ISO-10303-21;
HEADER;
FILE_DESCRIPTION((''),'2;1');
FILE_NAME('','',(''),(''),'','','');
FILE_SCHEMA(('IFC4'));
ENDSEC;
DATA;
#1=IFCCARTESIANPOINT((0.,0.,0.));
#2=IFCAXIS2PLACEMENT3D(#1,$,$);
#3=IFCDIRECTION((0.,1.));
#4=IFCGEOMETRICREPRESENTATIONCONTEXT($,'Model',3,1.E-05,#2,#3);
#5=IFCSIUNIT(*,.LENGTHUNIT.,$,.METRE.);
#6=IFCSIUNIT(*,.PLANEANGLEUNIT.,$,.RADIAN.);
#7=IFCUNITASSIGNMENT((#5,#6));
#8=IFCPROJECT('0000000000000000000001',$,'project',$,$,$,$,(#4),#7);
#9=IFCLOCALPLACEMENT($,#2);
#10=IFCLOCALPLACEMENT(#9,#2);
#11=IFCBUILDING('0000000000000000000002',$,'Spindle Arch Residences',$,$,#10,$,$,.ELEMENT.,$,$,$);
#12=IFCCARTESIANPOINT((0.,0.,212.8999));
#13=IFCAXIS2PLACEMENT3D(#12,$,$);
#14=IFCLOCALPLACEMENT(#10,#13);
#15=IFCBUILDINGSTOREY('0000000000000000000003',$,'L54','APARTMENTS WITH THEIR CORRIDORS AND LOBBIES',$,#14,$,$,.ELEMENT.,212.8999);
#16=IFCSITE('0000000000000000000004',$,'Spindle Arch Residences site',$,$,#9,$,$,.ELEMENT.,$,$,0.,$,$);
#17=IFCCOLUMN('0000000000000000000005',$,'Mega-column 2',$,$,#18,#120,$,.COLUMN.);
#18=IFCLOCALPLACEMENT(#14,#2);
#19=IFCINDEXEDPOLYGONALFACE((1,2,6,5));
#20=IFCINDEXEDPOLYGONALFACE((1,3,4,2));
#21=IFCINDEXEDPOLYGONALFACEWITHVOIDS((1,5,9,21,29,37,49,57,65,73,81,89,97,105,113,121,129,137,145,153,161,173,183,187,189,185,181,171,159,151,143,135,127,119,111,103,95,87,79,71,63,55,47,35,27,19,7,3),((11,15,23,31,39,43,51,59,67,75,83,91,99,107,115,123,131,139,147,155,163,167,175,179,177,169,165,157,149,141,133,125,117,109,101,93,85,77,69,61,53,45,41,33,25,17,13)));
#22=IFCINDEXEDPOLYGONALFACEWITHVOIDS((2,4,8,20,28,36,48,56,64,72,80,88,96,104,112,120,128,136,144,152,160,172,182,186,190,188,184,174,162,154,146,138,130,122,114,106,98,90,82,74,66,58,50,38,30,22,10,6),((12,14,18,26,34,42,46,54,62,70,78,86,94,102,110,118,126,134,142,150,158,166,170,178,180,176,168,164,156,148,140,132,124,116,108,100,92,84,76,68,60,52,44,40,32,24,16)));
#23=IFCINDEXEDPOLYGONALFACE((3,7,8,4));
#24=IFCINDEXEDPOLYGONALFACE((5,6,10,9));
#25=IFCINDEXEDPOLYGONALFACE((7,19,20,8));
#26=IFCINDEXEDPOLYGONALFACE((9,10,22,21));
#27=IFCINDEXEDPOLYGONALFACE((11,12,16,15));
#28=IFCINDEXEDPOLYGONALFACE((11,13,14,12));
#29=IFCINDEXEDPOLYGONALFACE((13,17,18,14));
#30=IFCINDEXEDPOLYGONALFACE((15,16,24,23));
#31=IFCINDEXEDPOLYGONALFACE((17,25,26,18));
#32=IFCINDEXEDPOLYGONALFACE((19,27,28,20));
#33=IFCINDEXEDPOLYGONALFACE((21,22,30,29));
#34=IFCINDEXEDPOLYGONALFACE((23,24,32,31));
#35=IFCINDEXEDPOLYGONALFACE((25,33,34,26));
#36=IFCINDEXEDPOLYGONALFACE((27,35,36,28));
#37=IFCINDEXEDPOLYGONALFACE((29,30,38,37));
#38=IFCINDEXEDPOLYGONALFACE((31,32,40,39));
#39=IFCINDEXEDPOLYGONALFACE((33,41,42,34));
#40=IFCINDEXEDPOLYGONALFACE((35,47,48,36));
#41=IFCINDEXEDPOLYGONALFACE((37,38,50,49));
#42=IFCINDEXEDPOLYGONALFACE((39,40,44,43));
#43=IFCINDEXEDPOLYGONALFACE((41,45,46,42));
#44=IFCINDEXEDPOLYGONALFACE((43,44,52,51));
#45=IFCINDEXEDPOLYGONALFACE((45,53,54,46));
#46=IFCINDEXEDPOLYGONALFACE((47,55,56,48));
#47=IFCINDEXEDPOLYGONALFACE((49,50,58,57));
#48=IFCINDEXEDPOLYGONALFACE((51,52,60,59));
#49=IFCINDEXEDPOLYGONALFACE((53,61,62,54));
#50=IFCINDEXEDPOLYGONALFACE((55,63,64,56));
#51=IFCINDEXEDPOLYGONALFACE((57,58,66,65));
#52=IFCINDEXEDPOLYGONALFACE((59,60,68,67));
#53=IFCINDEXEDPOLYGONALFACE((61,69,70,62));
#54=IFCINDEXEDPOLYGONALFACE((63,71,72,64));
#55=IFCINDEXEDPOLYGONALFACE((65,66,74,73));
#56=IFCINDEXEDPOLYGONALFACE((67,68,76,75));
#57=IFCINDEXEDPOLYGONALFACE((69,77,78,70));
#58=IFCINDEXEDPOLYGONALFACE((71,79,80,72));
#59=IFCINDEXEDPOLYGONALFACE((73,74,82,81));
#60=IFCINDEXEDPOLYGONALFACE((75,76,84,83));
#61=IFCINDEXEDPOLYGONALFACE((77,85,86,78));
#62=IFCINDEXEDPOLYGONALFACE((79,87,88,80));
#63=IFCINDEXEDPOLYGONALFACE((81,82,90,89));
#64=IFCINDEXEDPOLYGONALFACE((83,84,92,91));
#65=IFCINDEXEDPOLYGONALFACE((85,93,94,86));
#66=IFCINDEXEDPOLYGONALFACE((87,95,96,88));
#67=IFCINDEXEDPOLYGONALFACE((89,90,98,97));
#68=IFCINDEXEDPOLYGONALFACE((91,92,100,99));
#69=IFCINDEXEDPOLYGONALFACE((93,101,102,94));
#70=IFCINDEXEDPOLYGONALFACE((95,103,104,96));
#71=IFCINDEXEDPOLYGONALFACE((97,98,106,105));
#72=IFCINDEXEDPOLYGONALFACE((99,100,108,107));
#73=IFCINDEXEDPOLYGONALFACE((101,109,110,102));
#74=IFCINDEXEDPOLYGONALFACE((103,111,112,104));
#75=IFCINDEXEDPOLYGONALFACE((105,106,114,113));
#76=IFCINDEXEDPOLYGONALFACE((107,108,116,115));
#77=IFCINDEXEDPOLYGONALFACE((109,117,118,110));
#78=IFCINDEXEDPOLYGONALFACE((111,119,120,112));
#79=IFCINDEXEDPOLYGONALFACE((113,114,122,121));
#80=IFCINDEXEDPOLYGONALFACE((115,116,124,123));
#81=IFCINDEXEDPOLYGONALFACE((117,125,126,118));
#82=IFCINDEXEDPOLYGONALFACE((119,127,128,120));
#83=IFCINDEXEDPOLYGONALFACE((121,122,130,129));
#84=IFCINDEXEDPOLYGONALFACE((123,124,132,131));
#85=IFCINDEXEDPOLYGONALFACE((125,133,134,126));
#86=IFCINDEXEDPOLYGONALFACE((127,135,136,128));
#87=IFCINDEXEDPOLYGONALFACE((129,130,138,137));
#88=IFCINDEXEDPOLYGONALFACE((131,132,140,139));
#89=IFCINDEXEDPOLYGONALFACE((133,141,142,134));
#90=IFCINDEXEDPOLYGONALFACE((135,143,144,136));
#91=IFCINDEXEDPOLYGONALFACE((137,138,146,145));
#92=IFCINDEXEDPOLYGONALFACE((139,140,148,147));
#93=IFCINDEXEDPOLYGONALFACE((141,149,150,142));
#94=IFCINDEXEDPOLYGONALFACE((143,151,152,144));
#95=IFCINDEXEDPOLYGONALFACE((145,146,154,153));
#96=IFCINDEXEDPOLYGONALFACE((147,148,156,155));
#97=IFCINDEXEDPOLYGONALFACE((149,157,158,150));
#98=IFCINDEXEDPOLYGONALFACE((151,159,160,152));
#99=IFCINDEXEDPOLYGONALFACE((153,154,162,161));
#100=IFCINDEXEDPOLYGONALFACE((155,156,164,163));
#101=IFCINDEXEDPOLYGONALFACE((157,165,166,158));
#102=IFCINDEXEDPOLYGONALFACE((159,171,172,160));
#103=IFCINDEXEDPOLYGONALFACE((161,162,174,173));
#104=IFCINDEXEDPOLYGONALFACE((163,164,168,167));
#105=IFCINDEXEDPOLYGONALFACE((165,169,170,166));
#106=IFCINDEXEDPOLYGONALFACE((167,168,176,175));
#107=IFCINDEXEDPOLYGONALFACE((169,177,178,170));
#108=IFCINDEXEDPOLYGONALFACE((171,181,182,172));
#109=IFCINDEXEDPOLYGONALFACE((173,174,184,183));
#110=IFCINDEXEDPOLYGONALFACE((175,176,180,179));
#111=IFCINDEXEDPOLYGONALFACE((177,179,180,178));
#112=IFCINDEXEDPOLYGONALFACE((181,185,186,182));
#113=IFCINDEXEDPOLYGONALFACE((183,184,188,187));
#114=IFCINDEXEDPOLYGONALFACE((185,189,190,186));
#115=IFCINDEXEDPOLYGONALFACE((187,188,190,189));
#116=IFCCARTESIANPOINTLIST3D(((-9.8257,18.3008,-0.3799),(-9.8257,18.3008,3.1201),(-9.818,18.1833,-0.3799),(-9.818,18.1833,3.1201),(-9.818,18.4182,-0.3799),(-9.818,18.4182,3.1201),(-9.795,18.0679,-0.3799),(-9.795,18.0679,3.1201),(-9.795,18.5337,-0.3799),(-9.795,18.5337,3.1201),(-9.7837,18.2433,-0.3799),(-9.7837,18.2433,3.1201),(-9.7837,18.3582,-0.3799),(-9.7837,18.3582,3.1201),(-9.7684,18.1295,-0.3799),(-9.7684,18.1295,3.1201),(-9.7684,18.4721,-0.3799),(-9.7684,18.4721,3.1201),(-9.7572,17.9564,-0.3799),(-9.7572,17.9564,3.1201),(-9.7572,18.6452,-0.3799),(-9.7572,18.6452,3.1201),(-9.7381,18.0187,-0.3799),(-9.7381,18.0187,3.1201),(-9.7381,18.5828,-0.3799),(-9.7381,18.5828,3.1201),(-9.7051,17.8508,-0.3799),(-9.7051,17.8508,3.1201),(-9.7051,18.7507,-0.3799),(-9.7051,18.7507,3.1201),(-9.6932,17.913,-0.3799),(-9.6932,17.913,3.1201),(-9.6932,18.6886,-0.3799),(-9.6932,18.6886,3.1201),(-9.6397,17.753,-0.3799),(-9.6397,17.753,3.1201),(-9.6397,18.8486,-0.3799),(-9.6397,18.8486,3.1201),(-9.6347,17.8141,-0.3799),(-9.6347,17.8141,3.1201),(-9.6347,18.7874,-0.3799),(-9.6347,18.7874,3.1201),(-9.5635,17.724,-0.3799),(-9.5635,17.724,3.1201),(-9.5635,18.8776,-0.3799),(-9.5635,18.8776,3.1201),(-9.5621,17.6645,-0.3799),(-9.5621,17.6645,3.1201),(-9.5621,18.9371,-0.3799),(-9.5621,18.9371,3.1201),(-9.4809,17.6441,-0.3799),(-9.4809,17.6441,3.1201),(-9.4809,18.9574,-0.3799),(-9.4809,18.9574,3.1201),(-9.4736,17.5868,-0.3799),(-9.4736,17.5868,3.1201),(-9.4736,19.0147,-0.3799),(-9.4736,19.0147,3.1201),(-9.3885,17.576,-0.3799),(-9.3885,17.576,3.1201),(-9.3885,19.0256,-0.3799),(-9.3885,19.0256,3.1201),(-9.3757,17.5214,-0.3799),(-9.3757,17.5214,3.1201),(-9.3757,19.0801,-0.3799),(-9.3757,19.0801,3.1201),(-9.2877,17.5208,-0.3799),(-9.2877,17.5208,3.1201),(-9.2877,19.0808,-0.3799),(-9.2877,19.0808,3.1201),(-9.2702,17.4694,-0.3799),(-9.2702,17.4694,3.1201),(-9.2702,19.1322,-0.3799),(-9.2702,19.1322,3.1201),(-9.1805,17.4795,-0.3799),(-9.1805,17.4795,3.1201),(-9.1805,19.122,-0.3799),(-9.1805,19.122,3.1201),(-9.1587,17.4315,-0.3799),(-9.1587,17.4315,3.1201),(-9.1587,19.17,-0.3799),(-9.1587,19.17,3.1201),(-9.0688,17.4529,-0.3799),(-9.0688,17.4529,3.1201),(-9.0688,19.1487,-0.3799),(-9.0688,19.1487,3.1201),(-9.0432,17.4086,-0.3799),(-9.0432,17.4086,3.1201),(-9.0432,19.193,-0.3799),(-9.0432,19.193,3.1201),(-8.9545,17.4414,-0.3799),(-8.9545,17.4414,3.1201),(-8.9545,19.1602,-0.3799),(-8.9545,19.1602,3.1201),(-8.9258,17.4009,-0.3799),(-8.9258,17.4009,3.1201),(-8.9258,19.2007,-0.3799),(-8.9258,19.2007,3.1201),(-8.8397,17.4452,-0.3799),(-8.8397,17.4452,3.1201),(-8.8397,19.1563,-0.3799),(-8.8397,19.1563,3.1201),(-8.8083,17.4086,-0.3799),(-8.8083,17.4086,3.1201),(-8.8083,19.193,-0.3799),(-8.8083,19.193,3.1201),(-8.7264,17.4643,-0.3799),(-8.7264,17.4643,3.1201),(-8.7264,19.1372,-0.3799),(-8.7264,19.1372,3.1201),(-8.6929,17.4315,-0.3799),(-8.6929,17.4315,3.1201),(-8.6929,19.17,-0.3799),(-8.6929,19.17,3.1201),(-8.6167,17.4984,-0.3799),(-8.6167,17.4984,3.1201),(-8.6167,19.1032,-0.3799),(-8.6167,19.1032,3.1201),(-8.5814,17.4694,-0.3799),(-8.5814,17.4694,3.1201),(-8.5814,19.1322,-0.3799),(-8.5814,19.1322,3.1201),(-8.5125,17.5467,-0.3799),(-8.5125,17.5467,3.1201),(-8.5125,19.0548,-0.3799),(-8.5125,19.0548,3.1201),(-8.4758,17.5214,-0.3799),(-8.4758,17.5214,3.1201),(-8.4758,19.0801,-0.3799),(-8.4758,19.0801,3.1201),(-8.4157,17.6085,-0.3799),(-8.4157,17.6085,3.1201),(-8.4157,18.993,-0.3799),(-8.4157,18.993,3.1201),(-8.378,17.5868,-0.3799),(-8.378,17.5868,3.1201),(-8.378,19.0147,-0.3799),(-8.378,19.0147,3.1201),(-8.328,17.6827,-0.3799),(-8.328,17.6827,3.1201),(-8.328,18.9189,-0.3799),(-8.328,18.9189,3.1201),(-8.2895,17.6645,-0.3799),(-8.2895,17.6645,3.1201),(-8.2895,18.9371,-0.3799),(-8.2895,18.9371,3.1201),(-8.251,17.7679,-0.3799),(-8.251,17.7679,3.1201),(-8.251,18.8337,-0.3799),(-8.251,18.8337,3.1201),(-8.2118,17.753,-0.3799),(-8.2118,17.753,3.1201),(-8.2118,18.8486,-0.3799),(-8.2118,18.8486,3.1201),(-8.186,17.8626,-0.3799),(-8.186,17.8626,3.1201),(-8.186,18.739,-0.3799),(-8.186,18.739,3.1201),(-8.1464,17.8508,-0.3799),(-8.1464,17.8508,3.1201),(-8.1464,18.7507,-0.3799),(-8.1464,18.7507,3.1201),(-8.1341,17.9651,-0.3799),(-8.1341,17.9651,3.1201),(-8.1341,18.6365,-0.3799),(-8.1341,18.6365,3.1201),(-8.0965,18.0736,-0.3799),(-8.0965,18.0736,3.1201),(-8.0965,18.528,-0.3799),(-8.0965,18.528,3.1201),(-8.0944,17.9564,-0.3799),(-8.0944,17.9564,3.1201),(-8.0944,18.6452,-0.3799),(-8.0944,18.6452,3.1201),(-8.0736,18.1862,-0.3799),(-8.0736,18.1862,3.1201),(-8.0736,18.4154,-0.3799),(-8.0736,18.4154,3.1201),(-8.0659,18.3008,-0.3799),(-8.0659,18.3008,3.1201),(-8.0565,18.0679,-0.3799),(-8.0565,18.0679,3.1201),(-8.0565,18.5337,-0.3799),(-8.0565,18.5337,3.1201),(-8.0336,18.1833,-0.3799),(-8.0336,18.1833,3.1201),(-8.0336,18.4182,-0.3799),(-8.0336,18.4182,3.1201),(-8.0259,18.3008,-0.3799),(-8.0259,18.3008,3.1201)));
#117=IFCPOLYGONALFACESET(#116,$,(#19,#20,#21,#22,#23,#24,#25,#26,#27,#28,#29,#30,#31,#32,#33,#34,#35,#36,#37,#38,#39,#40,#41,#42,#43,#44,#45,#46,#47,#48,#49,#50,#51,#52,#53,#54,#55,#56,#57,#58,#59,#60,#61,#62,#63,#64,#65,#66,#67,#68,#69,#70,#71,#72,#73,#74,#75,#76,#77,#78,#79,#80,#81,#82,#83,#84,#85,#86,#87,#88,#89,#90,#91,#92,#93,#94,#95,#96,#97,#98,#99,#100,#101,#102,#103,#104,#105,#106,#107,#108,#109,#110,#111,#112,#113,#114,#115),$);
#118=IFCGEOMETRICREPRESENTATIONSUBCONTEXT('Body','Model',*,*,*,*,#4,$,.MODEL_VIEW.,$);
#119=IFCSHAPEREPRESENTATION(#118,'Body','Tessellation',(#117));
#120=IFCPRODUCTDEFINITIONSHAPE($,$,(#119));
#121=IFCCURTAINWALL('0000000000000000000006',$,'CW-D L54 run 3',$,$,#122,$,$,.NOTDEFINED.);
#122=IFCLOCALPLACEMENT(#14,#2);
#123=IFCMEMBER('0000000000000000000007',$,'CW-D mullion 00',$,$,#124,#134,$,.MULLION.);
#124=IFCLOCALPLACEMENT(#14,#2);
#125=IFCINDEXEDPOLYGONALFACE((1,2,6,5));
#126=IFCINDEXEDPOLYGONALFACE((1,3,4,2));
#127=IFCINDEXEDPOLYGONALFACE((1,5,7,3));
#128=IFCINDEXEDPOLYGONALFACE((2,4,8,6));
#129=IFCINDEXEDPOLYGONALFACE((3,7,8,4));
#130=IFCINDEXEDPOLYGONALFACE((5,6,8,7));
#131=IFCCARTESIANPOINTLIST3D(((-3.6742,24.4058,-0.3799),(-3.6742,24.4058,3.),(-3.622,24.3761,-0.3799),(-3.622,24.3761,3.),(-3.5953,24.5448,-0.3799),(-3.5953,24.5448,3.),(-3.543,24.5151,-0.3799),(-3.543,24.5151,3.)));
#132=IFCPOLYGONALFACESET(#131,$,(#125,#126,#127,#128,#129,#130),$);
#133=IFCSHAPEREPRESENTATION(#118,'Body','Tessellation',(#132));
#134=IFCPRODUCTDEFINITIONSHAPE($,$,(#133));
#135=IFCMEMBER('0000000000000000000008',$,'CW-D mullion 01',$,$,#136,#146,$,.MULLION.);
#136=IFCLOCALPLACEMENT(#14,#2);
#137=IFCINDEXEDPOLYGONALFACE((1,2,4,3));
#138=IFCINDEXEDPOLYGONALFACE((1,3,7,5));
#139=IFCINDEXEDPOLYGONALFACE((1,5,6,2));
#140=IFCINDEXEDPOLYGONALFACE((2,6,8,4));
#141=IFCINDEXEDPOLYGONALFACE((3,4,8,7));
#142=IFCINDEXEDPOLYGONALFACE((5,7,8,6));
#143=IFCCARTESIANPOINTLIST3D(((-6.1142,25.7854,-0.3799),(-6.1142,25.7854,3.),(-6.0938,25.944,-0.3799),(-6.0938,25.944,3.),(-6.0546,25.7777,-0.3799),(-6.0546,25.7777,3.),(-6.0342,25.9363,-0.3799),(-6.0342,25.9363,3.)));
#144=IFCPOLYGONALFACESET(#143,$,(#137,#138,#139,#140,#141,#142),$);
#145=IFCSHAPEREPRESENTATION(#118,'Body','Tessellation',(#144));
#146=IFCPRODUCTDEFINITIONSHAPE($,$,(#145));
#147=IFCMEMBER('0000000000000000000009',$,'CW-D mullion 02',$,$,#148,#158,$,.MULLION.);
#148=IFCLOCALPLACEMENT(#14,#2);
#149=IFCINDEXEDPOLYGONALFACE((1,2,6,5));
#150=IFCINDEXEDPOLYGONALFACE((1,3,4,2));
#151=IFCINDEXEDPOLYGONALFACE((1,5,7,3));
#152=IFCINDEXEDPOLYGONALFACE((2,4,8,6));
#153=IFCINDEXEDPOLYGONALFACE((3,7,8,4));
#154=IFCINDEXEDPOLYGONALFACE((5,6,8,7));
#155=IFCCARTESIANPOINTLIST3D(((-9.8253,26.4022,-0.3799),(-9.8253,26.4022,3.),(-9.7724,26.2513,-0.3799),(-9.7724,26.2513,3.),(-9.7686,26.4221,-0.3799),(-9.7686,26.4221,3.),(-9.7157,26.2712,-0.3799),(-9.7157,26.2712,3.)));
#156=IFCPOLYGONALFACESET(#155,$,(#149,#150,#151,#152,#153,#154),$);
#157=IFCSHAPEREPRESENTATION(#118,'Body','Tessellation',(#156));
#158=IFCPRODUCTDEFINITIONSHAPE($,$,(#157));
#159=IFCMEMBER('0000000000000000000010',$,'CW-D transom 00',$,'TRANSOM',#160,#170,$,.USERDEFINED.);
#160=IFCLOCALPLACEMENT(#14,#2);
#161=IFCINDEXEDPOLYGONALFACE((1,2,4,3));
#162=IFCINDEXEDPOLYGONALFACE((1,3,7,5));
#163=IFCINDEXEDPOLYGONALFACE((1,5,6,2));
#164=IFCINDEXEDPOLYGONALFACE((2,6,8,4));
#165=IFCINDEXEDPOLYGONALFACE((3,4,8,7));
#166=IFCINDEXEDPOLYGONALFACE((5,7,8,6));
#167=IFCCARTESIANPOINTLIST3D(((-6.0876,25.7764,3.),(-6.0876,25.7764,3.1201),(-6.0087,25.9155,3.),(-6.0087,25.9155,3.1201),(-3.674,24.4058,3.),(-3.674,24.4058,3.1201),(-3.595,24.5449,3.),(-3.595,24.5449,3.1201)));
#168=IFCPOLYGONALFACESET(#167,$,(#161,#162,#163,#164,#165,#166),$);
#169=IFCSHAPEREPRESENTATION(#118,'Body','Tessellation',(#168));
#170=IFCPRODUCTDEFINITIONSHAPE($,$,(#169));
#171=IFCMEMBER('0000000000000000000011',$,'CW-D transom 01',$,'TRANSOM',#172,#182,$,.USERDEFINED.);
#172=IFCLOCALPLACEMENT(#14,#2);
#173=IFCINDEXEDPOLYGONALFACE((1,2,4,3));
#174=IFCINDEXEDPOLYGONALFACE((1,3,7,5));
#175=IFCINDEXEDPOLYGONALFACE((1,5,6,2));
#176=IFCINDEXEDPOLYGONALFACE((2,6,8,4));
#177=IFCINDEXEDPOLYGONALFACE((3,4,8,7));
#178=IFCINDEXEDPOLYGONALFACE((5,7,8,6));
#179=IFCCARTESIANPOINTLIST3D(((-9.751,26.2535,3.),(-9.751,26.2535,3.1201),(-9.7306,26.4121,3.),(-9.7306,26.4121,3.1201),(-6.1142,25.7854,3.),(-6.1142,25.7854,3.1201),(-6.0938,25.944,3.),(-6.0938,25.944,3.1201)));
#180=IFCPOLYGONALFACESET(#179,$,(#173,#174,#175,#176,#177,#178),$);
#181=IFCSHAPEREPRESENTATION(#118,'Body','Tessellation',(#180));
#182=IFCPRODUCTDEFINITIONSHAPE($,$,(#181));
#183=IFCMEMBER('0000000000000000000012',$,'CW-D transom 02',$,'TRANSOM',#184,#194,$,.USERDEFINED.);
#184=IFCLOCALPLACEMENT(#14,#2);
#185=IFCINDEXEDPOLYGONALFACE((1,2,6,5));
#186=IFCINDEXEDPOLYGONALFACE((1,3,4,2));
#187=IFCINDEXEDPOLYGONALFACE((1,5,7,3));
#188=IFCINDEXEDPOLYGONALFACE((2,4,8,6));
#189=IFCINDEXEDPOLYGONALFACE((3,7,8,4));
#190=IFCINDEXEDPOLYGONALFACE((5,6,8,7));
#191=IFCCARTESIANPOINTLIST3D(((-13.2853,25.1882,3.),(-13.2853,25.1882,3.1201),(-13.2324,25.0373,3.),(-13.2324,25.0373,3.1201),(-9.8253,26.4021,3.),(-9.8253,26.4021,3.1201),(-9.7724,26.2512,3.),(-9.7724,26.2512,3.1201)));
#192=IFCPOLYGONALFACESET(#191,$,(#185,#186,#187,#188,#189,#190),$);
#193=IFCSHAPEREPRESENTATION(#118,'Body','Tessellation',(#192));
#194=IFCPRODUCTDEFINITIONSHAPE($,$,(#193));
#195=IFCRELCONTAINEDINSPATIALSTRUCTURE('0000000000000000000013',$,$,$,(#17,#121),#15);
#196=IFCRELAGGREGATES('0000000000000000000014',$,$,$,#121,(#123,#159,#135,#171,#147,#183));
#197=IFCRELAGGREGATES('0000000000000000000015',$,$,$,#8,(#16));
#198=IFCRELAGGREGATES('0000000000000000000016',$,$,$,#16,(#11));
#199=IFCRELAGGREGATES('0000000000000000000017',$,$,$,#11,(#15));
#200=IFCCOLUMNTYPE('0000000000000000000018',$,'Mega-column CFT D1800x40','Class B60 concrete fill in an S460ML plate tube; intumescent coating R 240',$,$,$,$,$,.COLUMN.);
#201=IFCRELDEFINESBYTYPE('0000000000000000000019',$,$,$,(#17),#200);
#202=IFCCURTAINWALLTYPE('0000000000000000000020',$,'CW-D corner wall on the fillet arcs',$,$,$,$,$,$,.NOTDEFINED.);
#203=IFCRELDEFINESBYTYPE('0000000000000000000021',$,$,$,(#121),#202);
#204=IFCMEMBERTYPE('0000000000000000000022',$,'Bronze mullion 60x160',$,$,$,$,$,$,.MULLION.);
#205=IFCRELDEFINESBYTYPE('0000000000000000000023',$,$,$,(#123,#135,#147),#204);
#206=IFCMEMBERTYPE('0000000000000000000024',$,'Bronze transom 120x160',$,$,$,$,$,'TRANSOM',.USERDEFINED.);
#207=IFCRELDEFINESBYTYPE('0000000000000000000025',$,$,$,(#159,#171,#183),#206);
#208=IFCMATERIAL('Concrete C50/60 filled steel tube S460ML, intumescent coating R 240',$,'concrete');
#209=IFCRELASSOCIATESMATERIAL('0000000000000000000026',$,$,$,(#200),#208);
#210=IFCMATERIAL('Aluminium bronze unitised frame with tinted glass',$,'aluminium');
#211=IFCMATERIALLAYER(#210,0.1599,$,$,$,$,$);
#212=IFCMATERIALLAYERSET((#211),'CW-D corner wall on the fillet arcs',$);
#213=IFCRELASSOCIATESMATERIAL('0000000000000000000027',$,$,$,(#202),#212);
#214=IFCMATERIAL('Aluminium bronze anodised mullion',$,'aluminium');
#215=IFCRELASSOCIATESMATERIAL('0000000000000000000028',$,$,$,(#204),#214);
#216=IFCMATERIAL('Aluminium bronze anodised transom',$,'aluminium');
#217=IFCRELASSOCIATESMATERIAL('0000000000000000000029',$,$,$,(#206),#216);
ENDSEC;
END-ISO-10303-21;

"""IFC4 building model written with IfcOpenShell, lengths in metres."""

from ifc_helpers import new_model, si_unit, direction, frame, origin, origin_2d, place, context, subcontext, project, spatial, rectangle, hollow_circle, extrude, material, layer, layer_set, material_profile, profile_set, type_object, element, aggregate, save


model = new_model("IFC4")

# Units and contexts
model_context = context("Model", 3, precision=1e-05, world=origin(), true_north=direction((0.0, 1.0)))
body_context = subcontext(model_context, "Body", "Model", "MODEL_VIEW")
ifc_project = project(units=[si_unit("LENGTHUNIT", "METRE"), si_unit("PLANEANGLEUNIT", "RADIAN")], contexts=[model_context])

# Site, building, storey
site_placement = place(None, origin())
site = spatial("IfcSite", under=ifc_project, at=site_placement, Name="Spindle Arch Residences site", CompositionType="ELEMENT", RefElevation=0.0)
building_placement = place(site_placement, origin())
building = spatial("IfcBuilding", under=site, at=building_placement, Name="Spindle Arch Residences", CompositionType="ELEMENT")
storey_placement = place(building_placement, frame((0.0, 0.0, 212.8999)))
storey = spatial("IfcBuildingStorey", under=building, at=storey_placement, Name="L54", Description="APARTMENTS WITH THEIR CORRIDORS AND LOBBIES", CompositionType="ELEMENT", Elevation=212.8999)

# Column
ifc_material_1 = material(Name="Concrete C50/60 filled steel tube S460ML, intumescent coating R 240", Category="concrete")
ifc_material_profile_1 = material_profile(ifc_material_1, hollow_circle(Radius=0.8999, WallThickness=0.04, at=origin_2d()), Name="CFT D1800x40")
ifc_profile_set_1 = profile_set([ifc_material_profile_1], Name="Concrete C50/60 filled steel tube S460ML, intumescent coating R 240")
column_type_1 = type_object("IfcColumnType", Name="Mega-column CFT D1800x40", Description="Class B60 concrete fill in an S460ML plate tube; intumescent coating R 240", PredefinedType="COLUMN", material=ifc_profile_set_1)
column_placement = place(storey_placement, frame((-8.9258, 18.3008, -0.3799), z_axis=(0.0, 0.0, 1.0), x_axis=(1.0, 0.0, 0.0)))
element("IfcColumn", 1, at=column_placement, inside=storey, type_object=column_type_1, Name="Mega-column 2", PredefinedType="COLUMN", context=body_context, shape_type="SweptSolid", body=[
    extrude(hollow_circle(Radius=0.8999, WallThickness=0.04, at=origin_2d()), origin(), (0.0, 0.0, 1.0), 3.5),
])

# Curtain wall, members
ifc_material_2 = material(Name="Aluminium bronze unitised frame with tinted glass", Category="aluminium")
ifc_layer_1 = layer(ifc_material_2, 0.1599)
ifc_layer_set_1 = layer_set([ifc_layer_1], Name="CW-D corner wall on the fillet arcs")
curtain_wall_type = type_object("IfcCurtainWallType", Name="CW-D corner wall on the fillet arcs", PredefinedType="NOTDEFINED", material=ifc_layer_set_1)
curtain_wall_placement = place(storey_placement, origin())
curtain_wall = element("IfcCurtainWall", 2, at=curtain_wall_placement, inside=storey, type_object=curtain_wall_type, Name="CW-D L54 run 3", PredefinedType="NOTDEFINED")
ifc_material_3 = material(Name="Aluminium bronze anodised mullion", Category="aluminium")
ifc_material_profile_2 = material_profile(ifc_material_3, rectangle(XDim=0.1599, YDim=0.0601, at=origin_2d()), Name="MU 60x160")
ifc_profile_set_2 = profile_set([ifc_material_profile_2], Name="Aluminium bronze anodised mullion")
member_type_1 = type_object("IfcMemberType", Name="Bronze mullion 60x160", PredefinedType="MULLION", material=ifc_profile_set_2)
member_1_placement = place(storey_placement, frame((-3.6086, 24.4604, -0.3799), z_axis=(0.0, 0.0, 1.0), x_axis=(-0.493865, -0.869539, 0.0)))
member_1 = element("IfcMember", 3, at=member_1_placement, type_object=member_type_1, Name="CW-D mullion 00", PredefinedType="MULLION", context=body_context, shape_type="SweptSolid", body=[
    extrude(rectangle(XDim=0.1599, YDim=0.0601, at=origin_2d()), origin(), (0.0, 0.0, 1.0), 3.3799),
])
member_2_placement = place(storey_placement, frame((-6.0742, 25.8608, -0.3799), z_axis=(0.0, 0.0, 1.0), x_axis=(-0.127642, -0.99182, 0.0)))
member_2 = element("IfcMember", 4, at=member_2_placement, type_object=member_type_1, Name="CW-D mullion 01", PredefinedType="MULLION", context=body_context, shape_type="SweptSolid", body=[
    extrude(rectangle(XDim=0.1599, YDim=0.0601, at=origin_2d()), origin(), (0.0, 0.0, 1.0), 3.3799),
])
member_3_placement = place(storey_placement, frame((-9.7705, 26.3367, -0.3799), z_axis=(0.0, 0.0, 1.0), x_axis=(0.331063, -0.943609, 0.0)))
member_3 = element("IfcMember", 5, at=member_3_placement, type_object=member_type_1, Name="CW-D mullion 02", PredefinedType="MULLION", context=body_context, shape_type="SweptSolid", body=[
    extrude(rectangle(XDim=0.1599, YDim=0.0601, at=origin_2d()), origin(), (0.0, 0.0, 1.0), 3.3799),
])
ifc_material_4 = material(Name="Aluminium bronze anodised transom", Category="aluminium")
ifc_material_profile_3 = material_profile(ifc_material_4, rectangle(XDim=0.1599, YDim=0.1201, at=origin_2d()), Name="TR 120x160")
ifc_profile_set_3 = profile_set([ifc_material_profile_3], Name="Aluminium bronze anodised transom")
member_type_2 = type_object("IfcMemberType", Name="Bronze transom 120x160", ElementType="TRANSOM", PredefinedType="USERDEFINED", material=ifc_profile_set_3)
member_4_placement = place(storey_placement, frame((-3.6345, 24.4753, 3.0601), z_axis=(-0.869572, 0.493807, 0.0), x_axis=(-0.493807, -0.869572, 0.0)))
member_4 = element("IfcMember", 6, at=member_4_placement, type_object=member_type_2, Name="CW-D transom 00", ObjectType="TRANSOM", PredefinedType="USERDEFINED", context=body_context, shape_type="SweptSolid", body=[
    extrude(rectangle(XDim=0.1599, YDim=0.1201, at=origin_2d()), origin(), (0.0, 0.0, 1.0), 2.7756),
])
member_5_placement = place(storey_placement, frame((-6.104, 25.8647, 3.0601), z_axis=(-0.991821, 0.12764, 0.0), x_axis=(-0.12764, -0.991821, 0.0)))
member_5 = element("IfcMember", 7, at=member_5_placement, type_object=member_type_2, Name="CW-D transom 01", ObjectType="TRANSOM", PredefinedType="USERDEFINED", context=body_context, shape_type="SweptSolid", body=[
    extrude(rectangle(XDim=0.1599, YDim=0.1201, at=origin_2d()), origin(), (0.0, 0.0, 1.0), 3.6667),
])
member_6_placement = place(storey_placement, frame((-9.7988, 26.3267, 3.0601), z_axis=(-0.943613, -0.33105, 0.0), x_axis=(0.33105, -0.943613, 0.0)))
member_6 = element("IfcMember", 8, at=member_6_placement, type_object=member_type_2, Name="CW-D transom 02", ObjectType="TRANSOM", PredefinedType="USERDEFINED", context=body_context, shape_type="SweptSolid", body=[
    extrude(rectangle(XDim=0.1599, YDim=0.1201, at=origin_2d()), origin(), (0.0, 0.0, 1.0), 3.6667),
])

aggregate(curtain_wall, [member_1, member_4, member_2, member_5, member_3, member_6])

save(model, "model.ifc")
